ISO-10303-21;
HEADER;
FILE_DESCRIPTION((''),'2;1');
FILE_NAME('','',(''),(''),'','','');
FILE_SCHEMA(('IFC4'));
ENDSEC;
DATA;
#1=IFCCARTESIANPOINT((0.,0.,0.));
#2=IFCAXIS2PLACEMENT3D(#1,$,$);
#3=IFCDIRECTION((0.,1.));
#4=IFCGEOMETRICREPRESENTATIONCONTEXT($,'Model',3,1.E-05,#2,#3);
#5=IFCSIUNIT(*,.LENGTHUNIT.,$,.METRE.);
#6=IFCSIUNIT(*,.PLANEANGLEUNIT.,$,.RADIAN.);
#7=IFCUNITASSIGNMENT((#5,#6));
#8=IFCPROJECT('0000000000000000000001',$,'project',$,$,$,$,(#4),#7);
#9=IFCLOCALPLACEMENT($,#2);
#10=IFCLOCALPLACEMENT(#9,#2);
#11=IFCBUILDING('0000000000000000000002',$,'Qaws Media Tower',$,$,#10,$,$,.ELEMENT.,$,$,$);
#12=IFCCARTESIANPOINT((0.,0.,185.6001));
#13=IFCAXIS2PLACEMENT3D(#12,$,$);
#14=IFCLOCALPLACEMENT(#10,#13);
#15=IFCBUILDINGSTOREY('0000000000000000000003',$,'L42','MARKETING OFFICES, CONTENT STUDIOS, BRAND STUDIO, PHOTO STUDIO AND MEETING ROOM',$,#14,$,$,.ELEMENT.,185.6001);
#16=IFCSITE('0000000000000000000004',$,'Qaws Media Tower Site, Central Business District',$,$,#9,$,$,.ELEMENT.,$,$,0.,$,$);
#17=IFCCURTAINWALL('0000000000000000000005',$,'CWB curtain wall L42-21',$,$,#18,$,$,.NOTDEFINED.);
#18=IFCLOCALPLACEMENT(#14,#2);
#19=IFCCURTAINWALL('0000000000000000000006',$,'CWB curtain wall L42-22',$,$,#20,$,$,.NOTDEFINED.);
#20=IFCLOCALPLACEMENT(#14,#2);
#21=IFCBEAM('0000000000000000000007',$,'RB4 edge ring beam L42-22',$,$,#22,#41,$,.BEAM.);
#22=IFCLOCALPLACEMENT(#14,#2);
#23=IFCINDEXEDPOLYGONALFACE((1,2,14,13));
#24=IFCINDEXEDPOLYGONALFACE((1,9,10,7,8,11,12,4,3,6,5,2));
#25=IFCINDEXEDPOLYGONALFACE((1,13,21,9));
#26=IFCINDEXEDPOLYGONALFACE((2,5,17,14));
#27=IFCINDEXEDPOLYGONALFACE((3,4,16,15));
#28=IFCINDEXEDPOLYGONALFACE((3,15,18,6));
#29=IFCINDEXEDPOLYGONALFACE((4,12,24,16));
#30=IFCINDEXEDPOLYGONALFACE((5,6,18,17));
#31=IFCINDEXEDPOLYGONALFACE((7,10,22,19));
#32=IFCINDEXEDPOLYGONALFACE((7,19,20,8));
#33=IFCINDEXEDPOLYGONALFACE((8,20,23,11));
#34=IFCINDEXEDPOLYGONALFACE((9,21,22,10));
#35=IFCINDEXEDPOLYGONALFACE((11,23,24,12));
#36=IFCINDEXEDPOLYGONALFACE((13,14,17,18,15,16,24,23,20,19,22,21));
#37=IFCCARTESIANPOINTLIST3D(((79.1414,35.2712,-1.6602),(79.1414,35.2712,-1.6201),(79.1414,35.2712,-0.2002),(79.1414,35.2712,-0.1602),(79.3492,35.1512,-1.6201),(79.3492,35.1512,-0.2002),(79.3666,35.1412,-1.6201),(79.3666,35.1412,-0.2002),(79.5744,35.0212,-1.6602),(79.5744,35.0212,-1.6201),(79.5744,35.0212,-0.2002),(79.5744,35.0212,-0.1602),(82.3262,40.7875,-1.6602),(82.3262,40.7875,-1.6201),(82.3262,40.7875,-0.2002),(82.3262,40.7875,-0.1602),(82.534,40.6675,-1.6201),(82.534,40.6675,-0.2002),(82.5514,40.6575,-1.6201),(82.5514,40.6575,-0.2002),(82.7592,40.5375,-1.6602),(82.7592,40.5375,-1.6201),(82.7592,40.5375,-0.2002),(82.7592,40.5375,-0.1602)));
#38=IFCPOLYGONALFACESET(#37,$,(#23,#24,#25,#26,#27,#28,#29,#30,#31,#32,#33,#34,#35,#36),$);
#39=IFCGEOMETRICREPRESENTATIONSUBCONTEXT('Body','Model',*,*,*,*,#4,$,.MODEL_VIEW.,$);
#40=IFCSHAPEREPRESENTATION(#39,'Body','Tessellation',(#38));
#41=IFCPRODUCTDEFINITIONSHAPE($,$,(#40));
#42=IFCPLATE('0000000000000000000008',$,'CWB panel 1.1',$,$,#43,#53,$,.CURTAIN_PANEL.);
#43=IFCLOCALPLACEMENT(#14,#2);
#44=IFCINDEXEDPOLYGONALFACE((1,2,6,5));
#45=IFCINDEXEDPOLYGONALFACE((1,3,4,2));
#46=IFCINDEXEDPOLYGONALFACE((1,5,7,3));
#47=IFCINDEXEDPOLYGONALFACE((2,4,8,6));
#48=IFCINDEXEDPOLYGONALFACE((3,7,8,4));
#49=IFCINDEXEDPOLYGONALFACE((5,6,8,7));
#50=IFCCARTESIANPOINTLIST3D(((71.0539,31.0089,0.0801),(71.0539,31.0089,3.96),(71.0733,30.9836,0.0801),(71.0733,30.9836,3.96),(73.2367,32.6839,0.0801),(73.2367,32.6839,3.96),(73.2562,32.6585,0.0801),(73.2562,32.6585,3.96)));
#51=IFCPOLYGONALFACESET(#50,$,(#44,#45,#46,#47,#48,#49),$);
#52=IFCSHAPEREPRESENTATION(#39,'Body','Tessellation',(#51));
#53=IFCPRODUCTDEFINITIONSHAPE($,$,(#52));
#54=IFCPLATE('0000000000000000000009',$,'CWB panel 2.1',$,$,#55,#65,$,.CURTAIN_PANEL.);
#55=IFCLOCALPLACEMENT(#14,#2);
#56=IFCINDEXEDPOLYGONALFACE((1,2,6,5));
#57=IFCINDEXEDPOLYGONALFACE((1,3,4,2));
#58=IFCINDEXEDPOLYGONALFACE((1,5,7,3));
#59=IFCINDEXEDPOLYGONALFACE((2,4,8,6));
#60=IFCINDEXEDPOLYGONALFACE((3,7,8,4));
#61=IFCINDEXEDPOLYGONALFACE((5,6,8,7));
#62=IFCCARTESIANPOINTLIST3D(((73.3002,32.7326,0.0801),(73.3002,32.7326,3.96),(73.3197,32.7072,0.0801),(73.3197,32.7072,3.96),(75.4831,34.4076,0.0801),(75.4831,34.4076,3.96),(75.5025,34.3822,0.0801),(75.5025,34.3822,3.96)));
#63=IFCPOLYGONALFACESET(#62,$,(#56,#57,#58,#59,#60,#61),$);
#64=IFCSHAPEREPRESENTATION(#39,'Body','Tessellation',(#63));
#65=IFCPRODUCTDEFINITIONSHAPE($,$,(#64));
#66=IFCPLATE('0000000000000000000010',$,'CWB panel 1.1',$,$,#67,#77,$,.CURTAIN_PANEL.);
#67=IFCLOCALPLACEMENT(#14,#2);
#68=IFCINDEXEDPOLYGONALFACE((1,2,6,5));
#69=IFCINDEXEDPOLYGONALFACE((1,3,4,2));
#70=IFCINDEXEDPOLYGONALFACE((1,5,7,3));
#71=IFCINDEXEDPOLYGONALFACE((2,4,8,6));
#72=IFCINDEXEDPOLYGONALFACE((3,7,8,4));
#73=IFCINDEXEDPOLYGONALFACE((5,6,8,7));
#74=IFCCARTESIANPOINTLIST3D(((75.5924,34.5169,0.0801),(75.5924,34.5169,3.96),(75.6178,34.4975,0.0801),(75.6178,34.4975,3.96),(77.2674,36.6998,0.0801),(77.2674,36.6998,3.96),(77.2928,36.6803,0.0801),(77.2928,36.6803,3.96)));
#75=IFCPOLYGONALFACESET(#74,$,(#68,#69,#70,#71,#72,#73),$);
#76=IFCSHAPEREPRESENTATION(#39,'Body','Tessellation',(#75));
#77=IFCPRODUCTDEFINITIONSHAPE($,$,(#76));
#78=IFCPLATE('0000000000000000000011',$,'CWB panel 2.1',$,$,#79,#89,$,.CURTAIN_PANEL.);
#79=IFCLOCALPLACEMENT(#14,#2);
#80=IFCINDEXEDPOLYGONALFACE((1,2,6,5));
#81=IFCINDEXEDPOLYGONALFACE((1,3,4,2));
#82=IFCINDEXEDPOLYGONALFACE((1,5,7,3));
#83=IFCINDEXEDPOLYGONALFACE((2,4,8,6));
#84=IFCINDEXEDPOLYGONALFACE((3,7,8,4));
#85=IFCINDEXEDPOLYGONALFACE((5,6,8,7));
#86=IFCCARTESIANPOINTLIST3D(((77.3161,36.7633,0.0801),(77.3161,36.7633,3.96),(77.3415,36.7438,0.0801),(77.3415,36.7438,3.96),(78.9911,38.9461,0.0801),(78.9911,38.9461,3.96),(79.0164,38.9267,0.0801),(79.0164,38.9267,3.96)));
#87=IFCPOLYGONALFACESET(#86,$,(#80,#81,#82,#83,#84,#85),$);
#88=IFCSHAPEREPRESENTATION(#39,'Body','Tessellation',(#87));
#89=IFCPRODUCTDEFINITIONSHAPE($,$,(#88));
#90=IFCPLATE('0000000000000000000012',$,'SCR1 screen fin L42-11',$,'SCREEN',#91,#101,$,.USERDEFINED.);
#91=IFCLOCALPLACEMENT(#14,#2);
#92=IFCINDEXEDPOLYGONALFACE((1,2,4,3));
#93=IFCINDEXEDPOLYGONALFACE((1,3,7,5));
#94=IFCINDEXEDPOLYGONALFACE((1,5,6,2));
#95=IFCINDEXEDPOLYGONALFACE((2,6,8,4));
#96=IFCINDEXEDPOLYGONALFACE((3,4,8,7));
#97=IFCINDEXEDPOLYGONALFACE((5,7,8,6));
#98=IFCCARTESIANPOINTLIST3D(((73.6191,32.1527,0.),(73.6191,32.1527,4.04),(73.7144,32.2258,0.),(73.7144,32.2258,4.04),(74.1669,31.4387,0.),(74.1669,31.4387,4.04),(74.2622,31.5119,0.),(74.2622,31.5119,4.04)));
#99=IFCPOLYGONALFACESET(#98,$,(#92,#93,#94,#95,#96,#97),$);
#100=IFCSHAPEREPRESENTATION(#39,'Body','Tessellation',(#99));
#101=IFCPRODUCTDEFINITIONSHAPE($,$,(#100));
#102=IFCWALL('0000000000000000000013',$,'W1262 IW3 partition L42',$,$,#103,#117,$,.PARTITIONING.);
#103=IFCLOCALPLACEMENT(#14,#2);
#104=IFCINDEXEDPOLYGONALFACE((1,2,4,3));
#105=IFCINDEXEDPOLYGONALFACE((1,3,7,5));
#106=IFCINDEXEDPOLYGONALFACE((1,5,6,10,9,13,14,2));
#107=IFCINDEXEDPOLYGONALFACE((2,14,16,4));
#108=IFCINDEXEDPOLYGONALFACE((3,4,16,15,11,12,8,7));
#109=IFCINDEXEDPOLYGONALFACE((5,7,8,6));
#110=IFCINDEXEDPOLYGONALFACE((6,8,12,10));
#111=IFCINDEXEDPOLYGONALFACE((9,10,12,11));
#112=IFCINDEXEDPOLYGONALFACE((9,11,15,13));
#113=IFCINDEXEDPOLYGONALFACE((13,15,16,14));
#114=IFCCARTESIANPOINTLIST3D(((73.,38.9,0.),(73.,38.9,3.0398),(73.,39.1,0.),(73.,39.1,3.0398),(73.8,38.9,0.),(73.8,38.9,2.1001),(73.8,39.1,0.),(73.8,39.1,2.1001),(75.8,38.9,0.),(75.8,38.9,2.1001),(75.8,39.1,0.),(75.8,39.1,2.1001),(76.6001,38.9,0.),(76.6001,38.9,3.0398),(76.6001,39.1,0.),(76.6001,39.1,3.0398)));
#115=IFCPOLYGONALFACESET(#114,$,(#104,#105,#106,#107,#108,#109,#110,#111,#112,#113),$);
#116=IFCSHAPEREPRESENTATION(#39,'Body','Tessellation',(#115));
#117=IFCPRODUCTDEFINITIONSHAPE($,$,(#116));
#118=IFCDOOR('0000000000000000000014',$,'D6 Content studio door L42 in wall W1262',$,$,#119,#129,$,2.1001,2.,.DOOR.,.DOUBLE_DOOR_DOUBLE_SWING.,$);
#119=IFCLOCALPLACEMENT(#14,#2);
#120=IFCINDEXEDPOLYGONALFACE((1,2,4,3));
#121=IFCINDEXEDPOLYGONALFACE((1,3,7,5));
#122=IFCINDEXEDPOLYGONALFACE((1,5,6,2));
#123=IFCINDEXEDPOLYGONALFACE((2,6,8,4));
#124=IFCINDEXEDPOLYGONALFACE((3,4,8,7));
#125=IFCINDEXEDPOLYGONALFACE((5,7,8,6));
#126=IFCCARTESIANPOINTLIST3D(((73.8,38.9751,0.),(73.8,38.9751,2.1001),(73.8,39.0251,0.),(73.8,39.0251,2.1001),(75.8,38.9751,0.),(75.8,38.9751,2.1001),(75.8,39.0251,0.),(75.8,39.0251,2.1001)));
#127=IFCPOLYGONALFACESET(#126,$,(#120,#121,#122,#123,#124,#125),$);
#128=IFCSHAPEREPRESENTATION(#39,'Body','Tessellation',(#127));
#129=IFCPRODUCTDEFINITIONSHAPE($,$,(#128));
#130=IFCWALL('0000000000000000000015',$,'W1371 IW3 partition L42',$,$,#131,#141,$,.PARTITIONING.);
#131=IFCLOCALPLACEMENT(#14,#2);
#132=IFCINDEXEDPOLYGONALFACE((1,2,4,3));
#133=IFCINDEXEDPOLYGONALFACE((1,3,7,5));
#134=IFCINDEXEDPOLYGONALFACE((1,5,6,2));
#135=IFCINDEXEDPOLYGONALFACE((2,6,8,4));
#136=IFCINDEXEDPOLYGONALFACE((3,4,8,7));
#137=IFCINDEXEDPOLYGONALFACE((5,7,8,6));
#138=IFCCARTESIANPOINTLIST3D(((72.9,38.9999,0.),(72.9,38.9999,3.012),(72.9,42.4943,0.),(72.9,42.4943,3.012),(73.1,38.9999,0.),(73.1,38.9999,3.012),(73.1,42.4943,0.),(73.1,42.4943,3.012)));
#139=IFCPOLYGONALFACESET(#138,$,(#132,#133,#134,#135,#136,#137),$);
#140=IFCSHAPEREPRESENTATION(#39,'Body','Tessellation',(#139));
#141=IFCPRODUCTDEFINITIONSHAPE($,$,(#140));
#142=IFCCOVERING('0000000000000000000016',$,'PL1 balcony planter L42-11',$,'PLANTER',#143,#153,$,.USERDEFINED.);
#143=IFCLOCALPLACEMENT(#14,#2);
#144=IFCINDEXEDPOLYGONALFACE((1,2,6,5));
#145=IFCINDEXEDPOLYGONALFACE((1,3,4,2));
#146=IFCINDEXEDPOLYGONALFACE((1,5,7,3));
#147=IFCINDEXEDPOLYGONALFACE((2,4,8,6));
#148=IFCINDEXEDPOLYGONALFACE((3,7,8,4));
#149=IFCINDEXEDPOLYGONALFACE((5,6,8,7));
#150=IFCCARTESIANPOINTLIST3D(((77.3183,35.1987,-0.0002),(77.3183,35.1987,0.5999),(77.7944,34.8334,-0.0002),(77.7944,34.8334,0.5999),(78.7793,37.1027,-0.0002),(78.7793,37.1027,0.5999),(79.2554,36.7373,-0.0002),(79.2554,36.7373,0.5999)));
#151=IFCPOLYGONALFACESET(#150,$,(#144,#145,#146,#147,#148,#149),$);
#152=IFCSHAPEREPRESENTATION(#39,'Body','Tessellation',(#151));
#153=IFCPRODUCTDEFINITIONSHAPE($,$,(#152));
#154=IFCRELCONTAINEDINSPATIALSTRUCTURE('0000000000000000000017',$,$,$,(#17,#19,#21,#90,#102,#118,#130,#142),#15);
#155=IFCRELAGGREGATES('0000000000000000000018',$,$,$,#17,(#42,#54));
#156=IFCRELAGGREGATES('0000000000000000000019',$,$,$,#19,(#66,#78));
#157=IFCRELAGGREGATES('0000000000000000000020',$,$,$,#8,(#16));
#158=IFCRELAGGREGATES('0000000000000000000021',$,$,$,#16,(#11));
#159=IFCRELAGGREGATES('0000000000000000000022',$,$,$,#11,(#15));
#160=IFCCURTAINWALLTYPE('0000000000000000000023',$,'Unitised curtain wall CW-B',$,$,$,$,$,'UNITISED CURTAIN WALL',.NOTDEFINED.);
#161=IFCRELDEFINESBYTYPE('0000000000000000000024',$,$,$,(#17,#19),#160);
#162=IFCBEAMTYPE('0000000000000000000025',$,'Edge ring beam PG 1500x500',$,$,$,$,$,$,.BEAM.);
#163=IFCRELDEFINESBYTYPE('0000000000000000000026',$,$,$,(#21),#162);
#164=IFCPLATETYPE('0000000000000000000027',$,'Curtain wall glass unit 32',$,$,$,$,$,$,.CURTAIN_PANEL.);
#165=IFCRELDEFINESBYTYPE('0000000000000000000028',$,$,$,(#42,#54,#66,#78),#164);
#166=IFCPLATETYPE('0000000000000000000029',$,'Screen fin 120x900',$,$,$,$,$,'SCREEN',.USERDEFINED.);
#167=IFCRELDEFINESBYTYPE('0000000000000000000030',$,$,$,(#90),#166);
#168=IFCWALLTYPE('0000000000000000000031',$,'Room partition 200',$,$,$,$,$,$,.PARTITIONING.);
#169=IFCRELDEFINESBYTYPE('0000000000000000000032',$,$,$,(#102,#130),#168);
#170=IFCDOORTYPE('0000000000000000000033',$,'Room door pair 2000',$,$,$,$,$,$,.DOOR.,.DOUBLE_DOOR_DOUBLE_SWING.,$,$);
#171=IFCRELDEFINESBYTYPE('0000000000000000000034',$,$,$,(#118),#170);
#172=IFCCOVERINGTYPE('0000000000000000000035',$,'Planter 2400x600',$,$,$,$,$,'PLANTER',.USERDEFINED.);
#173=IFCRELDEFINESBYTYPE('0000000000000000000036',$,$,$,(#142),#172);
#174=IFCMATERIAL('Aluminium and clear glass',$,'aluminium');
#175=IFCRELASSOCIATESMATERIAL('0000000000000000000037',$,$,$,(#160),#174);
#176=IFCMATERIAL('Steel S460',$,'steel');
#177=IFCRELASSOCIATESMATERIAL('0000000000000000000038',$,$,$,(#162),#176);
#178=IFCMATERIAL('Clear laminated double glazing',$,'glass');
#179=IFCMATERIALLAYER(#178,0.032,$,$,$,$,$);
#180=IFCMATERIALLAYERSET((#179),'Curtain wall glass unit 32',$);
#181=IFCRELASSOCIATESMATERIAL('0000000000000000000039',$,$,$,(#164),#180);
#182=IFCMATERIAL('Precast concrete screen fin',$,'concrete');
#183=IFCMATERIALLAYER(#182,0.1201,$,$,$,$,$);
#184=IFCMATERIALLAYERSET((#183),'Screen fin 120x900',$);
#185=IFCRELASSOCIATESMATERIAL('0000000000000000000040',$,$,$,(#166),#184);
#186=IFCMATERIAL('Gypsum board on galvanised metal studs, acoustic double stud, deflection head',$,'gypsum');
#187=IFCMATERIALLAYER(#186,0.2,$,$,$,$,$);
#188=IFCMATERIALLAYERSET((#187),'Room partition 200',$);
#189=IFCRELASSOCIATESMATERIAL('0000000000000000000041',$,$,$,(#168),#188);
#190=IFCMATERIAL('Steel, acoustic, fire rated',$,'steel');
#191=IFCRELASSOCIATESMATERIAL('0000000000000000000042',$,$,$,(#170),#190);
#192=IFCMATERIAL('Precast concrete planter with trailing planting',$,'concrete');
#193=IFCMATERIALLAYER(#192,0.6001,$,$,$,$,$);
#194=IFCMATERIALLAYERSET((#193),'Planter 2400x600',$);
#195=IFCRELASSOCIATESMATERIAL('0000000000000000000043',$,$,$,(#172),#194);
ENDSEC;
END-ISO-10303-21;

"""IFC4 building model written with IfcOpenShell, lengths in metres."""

from ifc_helpers import new_model, si_unit, direction, frame, frame_2d, origin, origin_2d, place, context, subcontext, project, spatial, rectangle, i_section, extrude, material, layer, layer_set, material_profile, profile_set, type_object, element, fill, aggregate, save


model = new_model("IFC4")

# Units and contexts
model_context = context("Model", 3, precision=1e-05, world=origin(), true_north=direction((0.0, 1.0)))
body_context = subcontext(model_context, "Body", "Model", "MODEL_VIEW")
ifc_project = project(units=[si_unit("LENGTHUNIT", "METRE"), si_unit("PLANEANGLEUNIT", "RADIAN")], contexts=[model_context])

# Site, building, storey
site_placement = place(None, origin())
site = spatial("IfcSite", under=ifc_project, at=site_placement, Name="Qaws Media Tower Site, Central Business District", CompositionType="ELEMENT", RefElevation=0.0)
building_placement = place(site_placement, origin())
building = spatial("IfcBuilding", under=site, at=building_placement, Name="Qaws Media Tower", CompositionType="ELEMENT")
storey_placement = place(building_placement, frame((0.0, 0.0, 185.6001)))
storey = spatial("IfcBuildingStorey", under=building, at=storey_placement, Name="L42", Description="MARKETING OFFICES, CONTENT STUDIOS, BRAND STUDIO, PHOTO STUDIO AND MEETING ROOM", CompositionType="ELEMENT", Elevation=185.6001)

# Curtain walls
ifc_material_1 = material(Name="Aluminium and clear glass", Category="aluminium")
curtain_wall_type = type_object("IfcCurtainWallType", Name="Unitised curtain wall CW-B", ElementType="UNITISED CURTAIN WALL", PredefinedType="NOTDEFINED", material=ifc_material_1)
curtain_wall_1_placement = place(storey_placement, origin())
curtain_wall_1 = element("IfcCurtainWall", 1, at=curtain_wall_1_placement, inside=storey, type_object=curtain_wall_type, Name="CWB curtain wall L42-21", PredefinedType="NOTDEFINED")
curtain_wall_2_placement = place(storey_placement, origin())
curtain_wall_2 = element("IfcCurtainWall", 2, at=curtain_wall_2_placement, inside=storey, type_object=curtain_wall_type, Name="CWB curtain wall L42-22", PredefinedType="NOTDEFINED")

# Beam
ifc_material_2 = material(Name="Steel S460", Category="steel")
ifc_material_profile_1 = material_profile(ifc_material_2, i_section(OverallWidth=0.5, OverallDepth=1.5, WebThickness=0.02, FlangeThickness=0.04, at=origin_2d()), Name="PG 1500x500")
ifc_profile_set_1 = profile_set([ifc_material_profile_1], Name="Steel S460")
beam_type = type_object("IfcBeamType", Name="Edge ring beam PG 1500x500", PredefinedType="BEAM", material=ifc_profile_set_1)
beam_1_placement = place(storey_placement, frame((79.3579, 35.1462, -0.9102), z_axis=(0.499993, 0.866029, 0.0), x_axis=(-0.866029, 0.499993, 0.0)))
element("IfcBeam", 3, at=beam_1_placement, inside=storey, type_object=beam_type, Name="RB4 edge ring beam L42-22", PredefinedType="BEAM", context=body_context, shape_type="SweptSolid", body=[
    extrude(i_section(OverallWidth=0.5, OverallDepth=1.5, WebThickness=0.02, FlangeThickness=0.04, at=origin_2d()), origin(), (0.0, 0.0, 1.0), 6.3696),
])

# Plates
ifc_material_3 = material(Name="Clear laminated double glazing", Category="glass")
ifc_layer_1 = layer(ifc_material_3, 0.032)
ifc_layer_set_1 = layer_set([ifc_layer_1], Name="Curtain wall glass unit 32")
plate_type_1 = type_object("IfcPlateType", Name="Curtain wall glass unit 32", PredefinedType="CURTAIN_PANEL", material=ifc_layer_set_1)
plate_1_placement = place(storey_placement, frame((72.155, 31.8337, 0.0801), z_axis=(0.0, 0.0, 1.0), x_axis=(0.793353, 0.608761, 0.0)))
plate_1 = element("IfcPlate", 4, at=plate_1_placement, type_object=plate_type_1, Name="CWB panel 1.1", PredefinedType="CURTAIN_PANEL", context=body_context, shape_type="SweptSolid", body=[
    extrude(rectangle(XDim=2.7515, YDim=0.032, at=origin_2d()), origin(), (0.0, 0.0, 1.0), 3.8799),
])
plate_2_placement = place(storey_placement, frame((74.4014, 33.5574, 0.0801), z_axis=(0.0, 0.0, 1.0), x_axis=(0.793353, 0.608761, 0.0)))
plate_2 = element("IfcPlate", 5, at=plate_2_placement, type_object=plate_type_1, Name="CWB panel 2.1", PredefinedType="CURTAIN_PANEL", context=body_context, shape_type="SweptSolid", body=[
    extrude(rectangle(XDim=2.7515, YDim=0.032, at=origin_2d()), origin(), (0.0, 0.0, 1.0), 3.8799),
])
aggregate(curtain_wall_1, [plate_1, plate_2])
plate_3_placement = place(storey_placement, frame((76.4426, 35.5986, 0.0801), z_axis=(0.0, 0.0, 1.0), x_axis=(0.608761, 0.793353, 0.0)))
plate_3 = element("IfcPlate", 6, at=plate_3_placement, type_object=plate_type_1, Name="CWB panel 1.1", PredefinedType="CURTAIN_PANEL", context=body_context, shape_type="SweptSolid", body=[
    extrude(rectangle(XDim=2.7515, YDim=0.032, at=origin_2d()), origin(), (0.0, 0.0, 1.0), 3.8799),
])
plate_4_placement = place(storey_placement, frame((78.1663, 37.845, 0.0801), z_axis=(0.0, 0.0, 1.0), x_axis=(0.608761, 0.793353, 0.0)))
plate_4 = element("IfcPlate", 7, at=plate_4_placement, type_object=plate_type_1, Name="CWB panel 2.1", PredefinedType="CURTAIN_PANEL", context=body_context, shape_type="SweptSolid", body=[
    extrude(rectangle(XDim=2.7515, YDim=0.032, at=origin_2d()), origin(), (0.0, 0.0, 1.0), 3.8799),
])
aggregate(curtain_wall_2, [plate_3, plate_4])
ifc_material_4 = material(Name="Precast concrete screen fin", Category="concrete")
ifc_layer_2 = layer(ifc_material_4, 0.1201)
ifc_layer_set_2 = layer_set([ifc_layer_2], Name="Screen fin 120x900")
plate_type_2 = type_object("IfcPlateType", Name="Screen fin 120x900", ElementType="SCREEN", PredefinedType="USERDEFINED", material=ifc_layer_set_2)
plate_5_placement = place(storey_placement, frame((73.9407, 31.8323, 0.0), z_axis=(0.0, 0.0, 1.0), x_axis=(0.608761, -0.793353, 0.0)))
element("IfcPlate", 8, at=plate_5_placement, inside=storey, type_object=plate_type_2, Name="SCR1 screen fin L42-11", ObjectType="SCREEN", PredefinedType="USERDEFINED", context=body_context, shape_type="SweptSolid", body=[
    extrude(rectangle(XDim=0.8999, YDim=0.1201, at=origin_2d()), origin(), (0.0, 0.0, 1.0), 4.04),
])

# Wall, opening, door
ifc_material_5 = material(Name="Gypsum board on galvanised metal studs, acoustic double stud, deflection head", Category="gypsum")
ifc_layer_3 = layer(ifc_material_5, 0.2)
ifc_layer_set_3 = layer_set([ifc_layer_3], Name="Room partition 200")
wall_type = type_object("IfcWallType", Name="Room partition 200", PredefinedType="PARTITIONING", material=ifc_layer_set_3)
wall_1_placement = place(storey_placement, frame((76.6001, 39.0, 0.0), z_axis=(0.0, 0.0, 1.0), x_axis=(-1.0, 0.0, 0.0)))
wall_1 = element("IfcWall", 9, at=wall_1_placement, inside=storey, type_object=wall_type, Name="W1262 IW3 partition L42", PredefinedType="PARTITIONING", context=body_context, shape_type="SweptSolid", body=[
    extrude(rectangle(XDim=3.6001, YDim=0.2, at=frame_2d((1.8, 0.0))), origin(), (0.0, 0.0, 1.0), 3.0398),
])
opening_placement = place(wall_1_placement, frame((0.8, 0.0, 0.0)))
opening = element("IfcOpeningElement", 10, at=opening_placement, cuts=wall_1, PredefinedType="OPENING", context=body_context, shape_type="SweptSolid", body=[
    extrude(rectangle(XDim=2.0, YDim=2.1001, at=frame_2d((1.0, 1.05))), frame((0.0, 0.1099, 0.0), z_axis=(0.0, -1.0, 0.0), x_axis=(1.0, 0.0, 0.0)), (0.0, 0.0, 1.0), 0.22),
])
ifc_material_6 = material(Name="Steel, acoustic, fire rated", Category="steel")
door_type = type_object("IfcDoorType", Name="Room door pair 2000", OperationType="DOUBLE_DOOR_DOUBLE_SWING", PredefinedType="DOOR", material=ifc_material_6)
door_placement = place(opening_placement, origin())
door = element("IfcDoor", 11, at=door_placement, inside=storey, type_object=door_type, Name="D6 Content studio door L42 in wall W1262", OperationType="DOUBLE_DOOR_DOUBLE_SWING", OverallHeight=2.1001, OverallWidth=2.0, PredefinedType="DOOR", context=body_context, shape_type="SweptSolid", body=[
    extrude(rectangle(XDim=2.0, YDim=2.1001, at=frame_2d((1.0, 1.05))), frame((0.0, 0.0249, 0.0), z_axis=(0.0, -1.0, 0.0), x_axis=(1.0, 0.0, 0.0)), (0.0, 0.0, 1.0), 0.05),
])
fill(opening, door)

# Wall
wall_2_placement = place(storey_placement, frame((73.0, 39.0, 0.0), z_axis=(0.0, 0.0, 1.0), x_axis=(0.0, 1.0, 0.0)))
element("IfcWall", 12, at=wall_2_placement, inside=storey, type_object=wall_type, Name="W1371 IW3 partition L42", PredefinedType="PARTITIONING", context=body_context, shape_type="SweptSolid", body=[
    extrude(rectangle(XDim=3.4944, YDim=0.2, at=frame_2d((1.7471, 0.0))), origin(), (0.0, 0.0, 1.0), 3.012),
])

# Covering
ifc_material_7 = material(Name="Precast concrete planter with trailing planting", Category="concrete")
ifc_layer_4 = layer(ifc_material_7, 0.6001)
ifc_layer_set_4 = layer_set([ifc_layer_4], Name="Planter 2400x600")
covering_type = type_object("IfcCoveringType", Name="Planter 2400x600", ElementType="PLANTER", PredefinedType="USERDEFINED", material=ifc_layer_set_4)
covering_placement = place(storey_placement, frame((78.2869, 35.968, -0.0002), z_axis=(0.0, 0.0, 1.0), x_axis=(0.608761, 0.793353, 0.0)))
element("IfcCovering", 13, at=covering_placement, inside=storey, type_object=covering_type, Name="PL1 balcony planter L42-11", ObjectType="PLANTER", PredefinedType="USERDEFINED", context=body_context, shape_type="SweptSolid", body=[
    extrude(rectangle(XDim=2.3999, YDim=0.6001, at=origin_2d()), origin(), (0.0, 0.0, 1.0), 0.6001),
])

save(model, "model.ifc")
